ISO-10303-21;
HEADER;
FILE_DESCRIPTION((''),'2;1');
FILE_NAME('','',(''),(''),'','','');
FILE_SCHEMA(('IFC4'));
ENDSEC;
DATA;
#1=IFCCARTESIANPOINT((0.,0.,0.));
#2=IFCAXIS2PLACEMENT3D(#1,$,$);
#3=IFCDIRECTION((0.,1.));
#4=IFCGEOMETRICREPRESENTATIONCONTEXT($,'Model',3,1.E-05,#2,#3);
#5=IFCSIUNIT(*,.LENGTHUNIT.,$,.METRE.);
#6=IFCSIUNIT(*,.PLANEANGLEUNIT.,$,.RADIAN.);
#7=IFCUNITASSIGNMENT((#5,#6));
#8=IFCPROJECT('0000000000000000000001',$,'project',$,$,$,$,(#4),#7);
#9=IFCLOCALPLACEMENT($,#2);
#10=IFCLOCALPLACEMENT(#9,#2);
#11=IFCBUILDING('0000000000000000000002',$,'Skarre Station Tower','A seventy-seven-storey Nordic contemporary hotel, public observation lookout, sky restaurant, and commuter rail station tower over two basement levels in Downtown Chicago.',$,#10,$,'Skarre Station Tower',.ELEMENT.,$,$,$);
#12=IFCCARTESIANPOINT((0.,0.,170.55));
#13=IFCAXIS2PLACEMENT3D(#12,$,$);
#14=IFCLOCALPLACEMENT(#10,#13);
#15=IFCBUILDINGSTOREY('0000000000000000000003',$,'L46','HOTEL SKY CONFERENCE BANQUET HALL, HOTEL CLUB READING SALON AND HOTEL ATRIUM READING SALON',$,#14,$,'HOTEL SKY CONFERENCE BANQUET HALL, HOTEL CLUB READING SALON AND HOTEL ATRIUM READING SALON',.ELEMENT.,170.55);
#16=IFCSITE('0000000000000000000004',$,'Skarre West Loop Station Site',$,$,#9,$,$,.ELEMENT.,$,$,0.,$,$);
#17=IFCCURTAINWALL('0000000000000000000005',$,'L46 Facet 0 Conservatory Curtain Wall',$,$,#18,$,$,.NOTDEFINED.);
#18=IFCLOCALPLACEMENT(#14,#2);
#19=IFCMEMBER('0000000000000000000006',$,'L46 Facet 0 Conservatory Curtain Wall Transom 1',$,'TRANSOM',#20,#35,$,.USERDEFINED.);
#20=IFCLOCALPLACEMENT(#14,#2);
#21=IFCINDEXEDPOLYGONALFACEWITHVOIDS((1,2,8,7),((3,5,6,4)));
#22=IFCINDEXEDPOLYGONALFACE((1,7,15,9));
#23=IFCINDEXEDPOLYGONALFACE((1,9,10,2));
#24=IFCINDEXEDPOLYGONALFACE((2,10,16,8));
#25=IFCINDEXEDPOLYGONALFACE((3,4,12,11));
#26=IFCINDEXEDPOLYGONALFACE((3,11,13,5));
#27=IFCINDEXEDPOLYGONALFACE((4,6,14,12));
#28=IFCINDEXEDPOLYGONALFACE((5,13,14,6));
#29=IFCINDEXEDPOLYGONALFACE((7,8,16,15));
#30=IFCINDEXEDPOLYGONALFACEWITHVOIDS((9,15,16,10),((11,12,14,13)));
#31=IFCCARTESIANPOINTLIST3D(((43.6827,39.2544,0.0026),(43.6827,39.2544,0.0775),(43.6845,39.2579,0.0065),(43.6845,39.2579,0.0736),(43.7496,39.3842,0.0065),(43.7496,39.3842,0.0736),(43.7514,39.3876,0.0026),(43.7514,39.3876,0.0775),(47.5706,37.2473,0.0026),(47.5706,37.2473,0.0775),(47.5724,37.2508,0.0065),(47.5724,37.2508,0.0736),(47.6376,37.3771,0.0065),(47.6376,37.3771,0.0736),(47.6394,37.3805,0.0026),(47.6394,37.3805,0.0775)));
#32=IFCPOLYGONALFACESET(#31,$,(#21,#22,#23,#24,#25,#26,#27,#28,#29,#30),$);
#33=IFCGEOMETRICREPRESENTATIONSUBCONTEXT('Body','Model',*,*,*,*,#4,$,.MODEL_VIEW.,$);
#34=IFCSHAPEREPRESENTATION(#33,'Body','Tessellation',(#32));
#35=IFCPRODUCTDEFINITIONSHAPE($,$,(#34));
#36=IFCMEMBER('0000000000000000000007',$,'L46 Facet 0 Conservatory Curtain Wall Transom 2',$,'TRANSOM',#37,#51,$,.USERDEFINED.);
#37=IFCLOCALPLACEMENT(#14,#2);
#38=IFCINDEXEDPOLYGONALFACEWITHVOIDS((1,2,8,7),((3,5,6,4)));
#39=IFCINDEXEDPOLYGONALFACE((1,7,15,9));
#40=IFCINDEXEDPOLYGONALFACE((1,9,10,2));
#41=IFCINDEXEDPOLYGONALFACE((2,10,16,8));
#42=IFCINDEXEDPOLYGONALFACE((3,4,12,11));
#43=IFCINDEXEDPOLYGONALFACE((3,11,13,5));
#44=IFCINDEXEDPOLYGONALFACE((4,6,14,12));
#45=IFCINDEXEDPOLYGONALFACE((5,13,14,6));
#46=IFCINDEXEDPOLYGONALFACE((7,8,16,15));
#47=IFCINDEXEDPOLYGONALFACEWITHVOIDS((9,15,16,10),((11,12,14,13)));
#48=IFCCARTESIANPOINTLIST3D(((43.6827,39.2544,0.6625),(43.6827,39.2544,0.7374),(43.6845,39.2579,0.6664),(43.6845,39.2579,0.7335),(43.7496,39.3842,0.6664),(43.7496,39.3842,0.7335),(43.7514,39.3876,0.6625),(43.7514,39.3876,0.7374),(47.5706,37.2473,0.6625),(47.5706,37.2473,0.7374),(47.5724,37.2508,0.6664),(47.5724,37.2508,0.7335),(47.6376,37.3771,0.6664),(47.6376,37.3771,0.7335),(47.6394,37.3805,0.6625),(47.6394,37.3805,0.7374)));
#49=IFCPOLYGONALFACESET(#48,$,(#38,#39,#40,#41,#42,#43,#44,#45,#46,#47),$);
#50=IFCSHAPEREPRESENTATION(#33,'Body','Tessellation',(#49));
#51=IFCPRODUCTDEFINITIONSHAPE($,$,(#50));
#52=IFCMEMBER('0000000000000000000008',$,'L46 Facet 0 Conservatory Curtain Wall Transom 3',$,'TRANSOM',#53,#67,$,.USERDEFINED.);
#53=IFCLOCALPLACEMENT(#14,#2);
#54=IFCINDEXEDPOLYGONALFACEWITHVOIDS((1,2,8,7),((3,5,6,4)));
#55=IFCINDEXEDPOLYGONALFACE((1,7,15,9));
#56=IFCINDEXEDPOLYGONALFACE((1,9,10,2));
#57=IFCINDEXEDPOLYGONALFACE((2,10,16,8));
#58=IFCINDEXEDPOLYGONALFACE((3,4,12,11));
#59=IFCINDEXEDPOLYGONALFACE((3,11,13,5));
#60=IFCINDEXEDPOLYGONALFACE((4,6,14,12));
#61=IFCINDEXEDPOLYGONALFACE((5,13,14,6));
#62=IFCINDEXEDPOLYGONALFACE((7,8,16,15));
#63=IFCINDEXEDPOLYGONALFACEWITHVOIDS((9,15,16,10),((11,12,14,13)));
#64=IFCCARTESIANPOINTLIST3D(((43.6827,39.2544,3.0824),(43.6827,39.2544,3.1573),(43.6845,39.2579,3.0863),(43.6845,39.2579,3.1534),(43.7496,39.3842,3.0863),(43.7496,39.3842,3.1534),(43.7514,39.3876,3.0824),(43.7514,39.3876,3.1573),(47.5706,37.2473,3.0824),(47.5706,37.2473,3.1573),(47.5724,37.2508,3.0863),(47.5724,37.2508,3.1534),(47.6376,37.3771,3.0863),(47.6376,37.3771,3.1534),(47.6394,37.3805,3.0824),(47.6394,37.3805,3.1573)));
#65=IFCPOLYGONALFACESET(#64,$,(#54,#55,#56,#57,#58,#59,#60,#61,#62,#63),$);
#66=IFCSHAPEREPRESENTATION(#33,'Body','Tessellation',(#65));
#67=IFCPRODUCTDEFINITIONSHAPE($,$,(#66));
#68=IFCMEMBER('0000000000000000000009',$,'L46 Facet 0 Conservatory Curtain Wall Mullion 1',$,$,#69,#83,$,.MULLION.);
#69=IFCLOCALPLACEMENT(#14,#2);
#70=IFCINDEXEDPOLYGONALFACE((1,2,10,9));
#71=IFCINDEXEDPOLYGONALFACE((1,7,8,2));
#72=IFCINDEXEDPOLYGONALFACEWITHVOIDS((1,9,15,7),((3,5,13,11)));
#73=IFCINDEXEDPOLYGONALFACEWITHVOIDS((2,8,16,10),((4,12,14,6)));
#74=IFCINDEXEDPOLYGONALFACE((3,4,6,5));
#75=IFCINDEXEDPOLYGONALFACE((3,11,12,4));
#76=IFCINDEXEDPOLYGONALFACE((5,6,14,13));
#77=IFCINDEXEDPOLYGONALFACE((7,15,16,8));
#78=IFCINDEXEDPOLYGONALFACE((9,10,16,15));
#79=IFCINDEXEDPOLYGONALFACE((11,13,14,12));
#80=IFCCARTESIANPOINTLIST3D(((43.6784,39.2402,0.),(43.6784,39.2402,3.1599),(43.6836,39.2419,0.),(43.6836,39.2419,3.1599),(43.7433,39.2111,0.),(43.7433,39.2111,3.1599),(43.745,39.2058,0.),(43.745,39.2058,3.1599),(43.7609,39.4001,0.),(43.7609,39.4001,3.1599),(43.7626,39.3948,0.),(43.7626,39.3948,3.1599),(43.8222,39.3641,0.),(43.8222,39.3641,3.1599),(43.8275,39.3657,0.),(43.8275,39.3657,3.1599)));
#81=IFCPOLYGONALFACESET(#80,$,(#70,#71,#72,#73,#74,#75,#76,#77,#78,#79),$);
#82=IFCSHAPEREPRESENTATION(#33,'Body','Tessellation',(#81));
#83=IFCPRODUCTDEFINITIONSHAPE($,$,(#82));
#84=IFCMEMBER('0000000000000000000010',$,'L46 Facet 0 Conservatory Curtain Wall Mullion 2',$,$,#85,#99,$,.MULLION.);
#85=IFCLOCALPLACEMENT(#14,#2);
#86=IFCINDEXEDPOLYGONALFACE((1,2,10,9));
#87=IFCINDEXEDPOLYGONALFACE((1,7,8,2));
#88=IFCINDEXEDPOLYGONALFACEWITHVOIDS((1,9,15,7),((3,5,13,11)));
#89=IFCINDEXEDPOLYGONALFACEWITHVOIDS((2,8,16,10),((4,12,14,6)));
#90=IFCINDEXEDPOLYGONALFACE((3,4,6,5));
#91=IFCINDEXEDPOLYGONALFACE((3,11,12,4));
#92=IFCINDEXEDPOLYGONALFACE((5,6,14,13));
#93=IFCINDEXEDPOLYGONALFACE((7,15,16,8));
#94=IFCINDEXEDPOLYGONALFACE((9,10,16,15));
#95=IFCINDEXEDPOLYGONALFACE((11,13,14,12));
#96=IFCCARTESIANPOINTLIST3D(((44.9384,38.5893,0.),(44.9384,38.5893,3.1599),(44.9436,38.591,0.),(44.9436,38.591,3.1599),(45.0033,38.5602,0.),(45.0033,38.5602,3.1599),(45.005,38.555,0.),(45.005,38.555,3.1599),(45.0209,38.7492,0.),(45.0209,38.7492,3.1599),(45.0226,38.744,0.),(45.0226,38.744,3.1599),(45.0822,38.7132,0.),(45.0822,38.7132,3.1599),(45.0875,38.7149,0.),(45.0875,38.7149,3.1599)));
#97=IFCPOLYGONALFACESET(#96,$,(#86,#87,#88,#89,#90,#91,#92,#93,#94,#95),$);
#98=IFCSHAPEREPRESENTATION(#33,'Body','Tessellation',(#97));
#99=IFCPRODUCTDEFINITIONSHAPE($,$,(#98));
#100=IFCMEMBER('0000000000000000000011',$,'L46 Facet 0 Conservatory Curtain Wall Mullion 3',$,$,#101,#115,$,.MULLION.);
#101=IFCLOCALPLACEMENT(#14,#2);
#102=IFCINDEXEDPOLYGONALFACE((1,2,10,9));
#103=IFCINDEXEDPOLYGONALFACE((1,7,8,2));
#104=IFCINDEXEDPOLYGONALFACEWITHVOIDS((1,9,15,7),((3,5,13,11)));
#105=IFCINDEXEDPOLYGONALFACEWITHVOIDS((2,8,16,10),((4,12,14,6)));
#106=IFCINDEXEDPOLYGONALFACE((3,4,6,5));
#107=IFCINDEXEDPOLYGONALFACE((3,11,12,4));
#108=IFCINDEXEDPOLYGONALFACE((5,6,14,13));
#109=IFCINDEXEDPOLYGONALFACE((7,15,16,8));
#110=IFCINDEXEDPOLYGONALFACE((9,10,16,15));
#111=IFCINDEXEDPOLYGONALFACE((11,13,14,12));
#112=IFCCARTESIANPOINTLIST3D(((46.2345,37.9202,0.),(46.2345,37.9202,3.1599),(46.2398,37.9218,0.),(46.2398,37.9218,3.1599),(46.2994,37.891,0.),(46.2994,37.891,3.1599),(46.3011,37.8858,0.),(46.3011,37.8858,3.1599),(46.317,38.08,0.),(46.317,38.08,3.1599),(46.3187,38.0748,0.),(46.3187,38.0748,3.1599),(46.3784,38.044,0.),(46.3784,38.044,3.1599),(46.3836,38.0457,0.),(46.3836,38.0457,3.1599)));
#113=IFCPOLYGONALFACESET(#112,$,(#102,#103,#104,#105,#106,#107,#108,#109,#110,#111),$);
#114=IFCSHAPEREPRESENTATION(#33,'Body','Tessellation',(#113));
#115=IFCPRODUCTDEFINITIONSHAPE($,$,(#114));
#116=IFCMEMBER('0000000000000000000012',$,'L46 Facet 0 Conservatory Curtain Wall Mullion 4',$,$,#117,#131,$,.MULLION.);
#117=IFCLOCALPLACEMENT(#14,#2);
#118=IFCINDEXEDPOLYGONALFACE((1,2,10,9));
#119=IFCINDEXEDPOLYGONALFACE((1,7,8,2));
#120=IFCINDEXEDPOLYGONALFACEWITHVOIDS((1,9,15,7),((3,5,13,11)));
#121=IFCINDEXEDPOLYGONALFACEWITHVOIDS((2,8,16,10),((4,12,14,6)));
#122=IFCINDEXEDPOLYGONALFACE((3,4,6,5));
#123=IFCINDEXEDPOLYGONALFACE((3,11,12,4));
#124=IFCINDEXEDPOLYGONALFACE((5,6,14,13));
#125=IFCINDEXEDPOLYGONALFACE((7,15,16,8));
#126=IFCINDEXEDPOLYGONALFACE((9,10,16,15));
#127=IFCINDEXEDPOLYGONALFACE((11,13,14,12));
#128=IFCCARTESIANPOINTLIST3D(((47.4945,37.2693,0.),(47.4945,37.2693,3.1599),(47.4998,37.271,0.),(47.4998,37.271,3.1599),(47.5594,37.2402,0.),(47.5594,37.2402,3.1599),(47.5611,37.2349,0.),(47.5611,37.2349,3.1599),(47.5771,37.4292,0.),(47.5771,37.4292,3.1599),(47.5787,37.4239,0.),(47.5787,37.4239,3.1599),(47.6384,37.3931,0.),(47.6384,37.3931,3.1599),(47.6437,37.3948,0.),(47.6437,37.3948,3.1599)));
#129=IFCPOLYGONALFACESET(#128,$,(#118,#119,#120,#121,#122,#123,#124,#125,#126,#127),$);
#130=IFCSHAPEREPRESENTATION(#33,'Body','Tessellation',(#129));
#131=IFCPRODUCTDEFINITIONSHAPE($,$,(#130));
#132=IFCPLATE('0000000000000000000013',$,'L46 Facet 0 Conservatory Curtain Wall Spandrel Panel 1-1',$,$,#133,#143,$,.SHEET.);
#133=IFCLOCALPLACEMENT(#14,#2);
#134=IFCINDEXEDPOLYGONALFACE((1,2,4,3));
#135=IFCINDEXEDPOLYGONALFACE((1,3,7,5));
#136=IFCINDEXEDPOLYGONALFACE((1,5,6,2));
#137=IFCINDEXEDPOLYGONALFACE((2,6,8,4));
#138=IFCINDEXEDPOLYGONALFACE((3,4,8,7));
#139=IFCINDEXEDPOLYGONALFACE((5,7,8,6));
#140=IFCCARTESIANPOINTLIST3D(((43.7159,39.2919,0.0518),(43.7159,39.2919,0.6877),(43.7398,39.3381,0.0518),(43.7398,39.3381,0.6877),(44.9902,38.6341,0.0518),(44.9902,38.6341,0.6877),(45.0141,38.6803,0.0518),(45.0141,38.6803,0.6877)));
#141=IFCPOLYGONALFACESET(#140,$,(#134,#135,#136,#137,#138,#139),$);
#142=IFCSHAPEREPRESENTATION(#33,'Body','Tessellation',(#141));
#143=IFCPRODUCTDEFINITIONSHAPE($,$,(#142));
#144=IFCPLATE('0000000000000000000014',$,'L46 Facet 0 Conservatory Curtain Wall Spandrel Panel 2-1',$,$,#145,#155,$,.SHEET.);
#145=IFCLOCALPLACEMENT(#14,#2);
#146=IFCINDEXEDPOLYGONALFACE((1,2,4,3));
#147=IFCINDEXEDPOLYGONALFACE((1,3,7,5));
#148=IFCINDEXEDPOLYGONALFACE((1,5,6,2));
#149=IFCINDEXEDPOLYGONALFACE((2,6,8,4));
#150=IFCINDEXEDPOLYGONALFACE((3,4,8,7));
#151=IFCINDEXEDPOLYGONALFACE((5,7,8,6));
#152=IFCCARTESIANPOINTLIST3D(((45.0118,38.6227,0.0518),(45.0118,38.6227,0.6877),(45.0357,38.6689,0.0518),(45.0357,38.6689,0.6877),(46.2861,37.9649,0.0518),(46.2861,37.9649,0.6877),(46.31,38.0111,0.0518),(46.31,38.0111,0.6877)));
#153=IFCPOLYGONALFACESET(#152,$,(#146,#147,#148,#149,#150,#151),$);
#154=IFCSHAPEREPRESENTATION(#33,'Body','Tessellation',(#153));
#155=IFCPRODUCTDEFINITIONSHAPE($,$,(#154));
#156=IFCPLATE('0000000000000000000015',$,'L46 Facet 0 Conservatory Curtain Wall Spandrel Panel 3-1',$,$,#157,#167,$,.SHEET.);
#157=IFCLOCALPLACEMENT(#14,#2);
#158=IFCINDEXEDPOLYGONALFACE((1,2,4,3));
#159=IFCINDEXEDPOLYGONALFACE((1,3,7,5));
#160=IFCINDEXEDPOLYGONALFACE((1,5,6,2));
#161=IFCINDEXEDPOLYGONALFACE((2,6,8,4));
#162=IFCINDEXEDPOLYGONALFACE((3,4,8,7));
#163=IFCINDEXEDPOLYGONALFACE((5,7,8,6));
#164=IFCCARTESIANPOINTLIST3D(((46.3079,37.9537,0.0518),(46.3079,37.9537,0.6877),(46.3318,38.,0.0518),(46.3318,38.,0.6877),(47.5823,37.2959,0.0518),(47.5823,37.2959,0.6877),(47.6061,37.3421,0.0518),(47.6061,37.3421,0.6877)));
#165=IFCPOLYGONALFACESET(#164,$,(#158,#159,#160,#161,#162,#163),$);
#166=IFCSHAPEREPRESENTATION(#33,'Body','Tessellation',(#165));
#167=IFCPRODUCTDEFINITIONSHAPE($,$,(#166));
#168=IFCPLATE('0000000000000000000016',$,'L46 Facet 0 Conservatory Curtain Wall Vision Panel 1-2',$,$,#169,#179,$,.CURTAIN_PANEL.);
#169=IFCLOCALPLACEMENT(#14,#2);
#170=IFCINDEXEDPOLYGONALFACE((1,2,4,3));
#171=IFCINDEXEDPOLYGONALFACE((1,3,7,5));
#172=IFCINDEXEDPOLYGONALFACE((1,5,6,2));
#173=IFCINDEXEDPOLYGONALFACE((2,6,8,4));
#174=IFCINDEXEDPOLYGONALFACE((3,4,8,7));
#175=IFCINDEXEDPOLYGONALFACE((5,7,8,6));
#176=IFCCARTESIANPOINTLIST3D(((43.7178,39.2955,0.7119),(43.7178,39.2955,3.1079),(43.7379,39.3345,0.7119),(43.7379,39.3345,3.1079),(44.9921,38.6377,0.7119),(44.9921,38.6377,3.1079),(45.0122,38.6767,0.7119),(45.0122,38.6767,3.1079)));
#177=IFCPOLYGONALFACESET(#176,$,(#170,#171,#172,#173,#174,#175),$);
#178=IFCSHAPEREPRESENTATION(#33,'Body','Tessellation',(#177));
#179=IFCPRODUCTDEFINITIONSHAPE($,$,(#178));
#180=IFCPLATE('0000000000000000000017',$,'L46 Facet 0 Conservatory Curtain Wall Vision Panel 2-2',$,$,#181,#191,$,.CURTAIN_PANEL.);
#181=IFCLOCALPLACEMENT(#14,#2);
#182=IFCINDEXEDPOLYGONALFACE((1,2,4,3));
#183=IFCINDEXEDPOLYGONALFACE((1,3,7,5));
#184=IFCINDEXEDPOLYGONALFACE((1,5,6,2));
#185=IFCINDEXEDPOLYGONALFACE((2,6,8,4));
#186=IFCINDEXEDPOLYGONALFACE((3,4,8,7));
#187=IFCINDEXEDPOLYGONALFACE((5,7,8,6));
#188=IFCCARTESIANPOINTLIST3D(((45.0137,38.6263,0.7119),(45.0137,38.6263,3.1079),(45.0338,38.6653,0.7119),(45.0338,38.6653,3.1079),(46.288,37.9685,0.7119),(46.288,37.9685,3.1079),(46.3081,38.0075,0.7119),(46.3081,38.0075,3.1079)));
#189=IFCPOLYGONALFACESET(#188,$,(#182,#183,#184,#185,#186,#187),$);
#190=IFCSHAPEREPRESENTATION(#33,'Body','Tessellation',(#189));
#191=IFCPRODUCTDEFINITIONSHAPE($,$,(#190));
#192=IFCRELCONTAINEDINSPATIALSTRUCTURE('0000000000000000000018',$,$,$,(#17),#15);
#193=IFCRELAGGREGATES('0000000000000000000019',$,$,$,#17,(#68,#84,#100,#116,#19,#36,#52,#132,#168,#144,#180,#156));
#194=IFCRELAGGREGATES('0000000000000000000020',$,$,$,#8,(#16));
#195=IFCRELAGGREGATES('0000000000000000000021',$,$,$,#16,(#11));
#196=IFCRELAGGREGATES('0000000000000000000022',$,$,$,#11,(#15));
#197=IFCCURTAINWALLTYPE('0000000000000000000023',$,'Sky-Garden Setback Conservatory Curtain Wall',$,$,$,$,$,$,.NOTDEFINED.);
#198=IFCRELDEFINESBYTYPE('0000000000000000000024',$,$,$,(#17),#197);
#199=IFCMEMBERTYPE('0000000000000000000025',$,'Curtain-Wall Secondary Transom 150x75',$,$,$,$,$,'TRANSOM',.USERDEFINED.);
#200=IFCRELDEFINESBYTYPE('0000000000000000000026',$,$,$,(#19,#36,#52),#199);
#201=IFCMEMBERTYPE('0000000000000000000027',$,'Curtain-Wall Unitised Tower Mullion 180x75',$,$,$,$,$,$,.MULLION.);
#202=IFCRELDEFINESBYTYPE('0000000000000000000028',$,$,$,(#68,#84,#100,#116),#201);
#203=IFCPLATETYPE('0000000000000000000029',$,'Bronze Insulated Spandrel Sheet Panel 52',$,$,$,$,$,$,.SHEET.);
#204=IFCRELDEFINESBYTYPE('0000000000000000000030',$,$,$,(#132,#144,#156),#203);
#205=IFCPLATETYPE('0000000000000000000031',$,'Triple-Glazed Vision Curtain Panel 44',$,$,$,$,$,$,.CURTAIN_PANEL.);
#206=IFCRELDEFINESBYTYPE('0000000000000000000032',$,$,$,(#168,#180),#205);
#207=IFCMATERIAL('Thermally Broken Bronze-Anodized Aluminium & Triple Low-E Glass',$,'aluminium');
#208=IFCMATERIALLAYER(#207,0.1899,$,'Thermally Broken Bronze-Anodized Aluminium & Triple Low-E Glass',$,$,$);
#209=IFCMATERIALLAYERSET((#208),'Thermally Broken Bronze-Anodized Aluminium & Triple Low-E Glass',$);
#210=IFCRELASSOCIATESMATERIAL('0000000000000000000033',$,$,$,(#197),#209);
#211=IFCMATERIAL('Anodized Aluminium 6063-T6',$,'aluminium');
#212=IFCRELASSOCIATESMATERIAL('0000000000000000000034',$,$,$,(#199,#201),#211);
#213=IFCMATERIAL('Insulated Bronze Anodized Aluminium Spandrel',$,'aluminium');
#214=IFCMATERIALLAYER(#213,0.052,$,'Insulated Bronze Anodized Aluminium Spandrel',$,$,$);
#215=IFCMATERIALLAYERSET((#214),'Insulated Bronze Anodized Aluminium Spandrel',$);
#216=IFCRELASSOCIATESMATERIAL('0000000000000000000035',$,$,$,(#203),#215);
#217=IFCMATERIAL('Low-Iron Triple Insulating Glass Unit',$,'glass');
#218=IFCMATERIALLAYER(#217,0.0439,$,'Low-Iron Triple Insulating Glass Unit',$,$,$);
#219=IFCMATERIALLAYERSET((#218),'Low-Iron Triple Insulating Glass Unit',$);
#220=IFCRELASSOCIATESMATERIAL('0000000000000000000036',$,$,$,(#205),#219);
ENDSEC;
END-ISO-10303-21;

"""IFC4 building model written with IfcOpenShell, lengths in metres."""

from ifc_helpers import new_model, si_unit, direction, frame, origin, origin_2d, place, context, subcontext, project, spatial, rectangle, hollow_rectangle, extrude, material, layer, layer_set, material_profile, profile_set, type_object, element, aggregate, save


model = new_model("IFC4")

# Units and contexts
model_context = context("Model", 3, precision=1e-05, world=origin(), true_north=direction((0.0, 1.0)))
body_context = subcontext(model_context, "Body", "Model", "MODEL_VIEW")
ifc_project = project(units=[si_unit("LENGTHUNIT", "METRE"), si_unit("PLANEANGLEUNIT", "RADIAN")], contexts=[model_context])

# Site, building, storey
site_placement = place(None, origin())
site = spatial("IfcSite", under=ifc_project, at=site_placement, Name="Skarre West Loop Station Site", CompositionType="ELEMENT", RefElevation=0.0)
building_placement = place(site_placement, origin())
building = spatial("IfcBuilding", under=site, at=building_placement, Name="Skarre Station Tower", Description="A seventy-seven-storey Nordic contemporary hotel, public observation lookout, sky restaurant, and commuter rail station tower over two basement levels in Downtown Chicago.", LongName="Skarre Station Tower", CompositionType="ELEMENT")
storey_placement = place(building_placement, frame((0.0, 0.0, 170.55)))
storey = spatial("IfcBuildingStorey", under=building, at=storey_placement, Name="L46", Description="HOTEL SKY CONFERENCE BANQUET HALL, HOTEL CLUB READING SALON AND HOTEL ATRIUM READING SALON", LongName="HOTEL SKY CONFERENCE BANQUET HALL, HOTEL CLUB READING SALON AND HOTEL ATRIUM READING SALON", CompositionType="ELEMENT", Elevation=170.55)

# Curtain wall, members, plates
ifc_material_1 = material(Name="Thermally Broken Bronze-Anodized Aluminium & Triple Low-E Glass", Category="aluminium")
ifc_layer_1 = layer(ifc_material_1, 0.1899, Name="Thermally Broken Bronze-Anodized Aluminium & Triple Low-E Glass")
ifc_layer_set_1 = layer_set([ifc_layer_1], Name="Thermally Broken Bronze-Anodized Aluminium & Triple Low-E Glass")
curtain_wall_type = type_object("IfcCurtainWallType", Name="Sky-Garden Setback Conservatory Curtain Wall", PredefinedType="NOTDEFINED", material=ifc_layer_set_1)
curtain_wall_placement = place(storey_placement, origin())
curtain_wall = element("IfcCurtainWall", 1, at=curtain_wall_placement, inside=storey, type_object=curtain_wall_type, Name="L46 Facet 0 Conservatory Curtain Wall", PredefinedType="NOTDEFINED")
ifc_material_2 = material(Name="Anodized Aluminium 6063-T6", Category="aluminium")
ifc_material_profile_1 = material_profile(ifc_material_2, hollow_rectangle(XDim=0.075, YDim=0.1499, WallThickness=0.0039, at=origin_2d()), Name="Anodized Aluminium 6063-T6")
ifc_profile_set_1 = profile_set([ifc_material_profile_1], Name="Anodized Aluminium 6063-T6")
member_type_1 = type_object("IfcMemberType", Name="Curtain-Wall Secondary Transom 150x75", ElementType="TRANSOM", PredefinedType="USERDEFINED", material=ifc_profile_set_1)
member_1_placement = place(storey_placement, frame((43.717, 39.321, 0.04), z_axis=(0.888583, -0.458715, 0.0), x_axis=(0.0, 0.0, 1.0)))
member_1 = element("IfcMember", 2, at=member_1_placement, type_object=member_type_1, Name="L46 Facet 0 Conservatory Curtain Wall Transom 1", ObjectType="TRANSOM", PredefinedType="USERDEFINED", context=body_context, shape_type="SweptSolid", body=[
    extrude(hollow_rectangle(XDim=0.075, YDim=0.1499, WallThickness=0.0039, at=origin_2d()), origin(), (0.0, 0.0, 1.0), 4.3755),
])
member_2_placement = place(storey_placement, frame((43.717, 39.321, 0.7), z_axis=(0.888583, -0.458715, 0.0), x_axis=(0.0, 0.0, 1.0)))
member_2 = element("IfcMember", 3, at=member_2_placement, type_object=member_type_1, Name="L46 Facet 0 Conservatory Curtain Wall Transom 2", ObjectType="TRANSOM", PredefinedType="USERDEFINED", context=body_context, shape_type="SweptSolid", body=[
    extrude(hollow_rectangle(XDim=0.075, YDim=0.1499, WallThickness=0.0039, at=origin_2d()), origin(), (0.0, 0.0, 1.0), 4.3755),
])
member_3_placement = place(storey_placement, frame((43.717, 39.321, 3.1199), z_axis=(0.888583, -0.458715, 0.0), x_axis=(0.0, 0.0, 1.0)))
member_3 = element("IfcMember", 4, at=member_3_placement, type_object=member_type_1, Name="L46 Facet 0 Conservatory Curtain Wall Transom 3", ObjectType="TRANSOM", PredefinedType="USERDEFINED", context=body_context, shape_type="SweptSolid", body=[
    extrude(hollow_rectangle(XDim=0.075, YDim=0.1499, WallThickness=0.0039, at=origin_2d()), origin(), (0.0, 0.0, 1.0), 4.3755),
])
ifc_material_profile_2 = material_profile(ifc_material_2, hollow_rectangle(XDim=0.075, YDim=0.1799, WallThickness=0.0039, at=origin_2d()), Name="Anodized Aluminium 6063-T6")
ifc_profile_set_2 = profile_set([ifc_material_profile_2], Name="Anodized Aluminium 6063-T6")
member_type_2 = type_object("IfcMemberType", Name="Curtain-Wall Unitised Tower Mullion 180x75", PredefinedType="MULLION", material=ifc_profile_set_2)
member_4_placement = place(storey_placement, frame((43.7529, 39.303, 0.0), z_axis=(0.0, 0.0, 1.0), x_axis=(0.888593, -0.458696, 0.0)))
member_4 = element("IfcMember", 5, at=member_4_placement, type_object=member_type_2, Name="L46 Facet 0 Conservatory Curtain Wall Mullion 1", PredefinedType="MULLION", context=body_context, shape_type="SweptSolid", body=[
    extrude(hollow_rectangle(XDim=0.075, YDim=0.1799, WallThickness=0.0039, at=origin_2d()), origin(), (0.0, 0.0, 1.0), 3.1599),
])
member_5_placement = place(storey_placement, frame((45.0129, 38.6521, 0.0), z_axis=(0.0, 0.0, 1.0), x_axis=(0.888593, -0.458696, 0.0)))
member_5 = element("IfcMember", 6, at=member_5_placement, type_object=member_type_2, Name="L46 Facet 0 Conservatory Curtain Wall Mullion 2", PredefinedType="MULLION", context=body_context, shape_type="SweptSolid", body=[
    extrude(hollow_rectangle(XDim=0.075, YDim=0.1799, WallThickness=0.0039, at=origin_2d()), origin(), (0.0, 0.0, 1.0), 3.1599),
])
member_6_placement = place(storey_placement, frame((46.3091, 37.9829, 0.0), z_axis=(0.0, 0.0, 1.0), x_axis=(0.888593, -0.458696, 0.0)))
member_6 = element("IfcMember", 7, at=member_6_placement, type_object=member_type_2, Name="L46 Facet 0 Conservatory Curtain Wall Mullion 3", PredefinedType="MULLION", context=body_context, shape_type="SweptSolid", body=[
    extrude(hollow_rectangle(XDim=0.075, YDim=0.1799, WallThickness=0.0039, at=origin_2d()), origin(), (0.0, 0.0, 1.0), 3.1599),
])
member_7_placement = place(storey_placement, frame((47.5691, 37.332, 0.0), z_axis=(0.0, 0.0, 1.0), x_axis=(0.888593, -0.458696, 0.0)))
member_7 = element("IfcMember", 8, at=member_7_placement, type_object=member_type_2, Name="L46 Facet 0 Conservatory Curtain Wall Mullion 4", PredefinedType="MULLION", context=body_context, shape_type="SweptSolid", body=[
    extrude(hollow_rectangle(XDim=0.075, YDim=0.1799, WallThickness=0.0039, at=origin_2d()), origin(), (0.0, 0.0, 1.0), 3.1599),
])
ifc_material_3 = material(Name="Insulated Bronze Anodized Aluminium Spandrel", Category="aluminium")
ifc_layer_2 = layer(ifc_material_3, 0.052, Name="Insulated Bronze Anodized Aluminium Spandrel")
ifc_layer_set_2 = layer_set([ifc_layer_2], Name="Insulated Bronze Anodized Aluminium Spandrel")
plate_type_1 = type_object("IfcPlateType", Name="Bronze Insulated Spandrel Sheet Panel 52", PredefinedType="SHEET", material=ifc_layer_set_2)
plate_1_placement = place(storey_placement, frame((44.365, 38.9861, 0.0518), z_axis=(0.0, 0.0, 1.0), x_axis=(0.888593, -0.458696, 0.0)))
plate_1 = element("IfcPlate", 9, at=plate_1_placement, type_object=plate_type_1, Name="L46 Facet 0 Conservatory Curtain Wall Spandrel Panel 1-1", PredefinedType="SHEET", context=body_context, shape_type="SweptSolid", body=[
    extrude(rectangle(XDim=1.4341, YDim=0.052, at=origin_2d()), origin(), (0.0, 0.0, 1.0), 0.636),
])
plate_2_placement = place(storey_placement, frame((45.6609, 38.3169, 0.0518), z_axis=(0.0, 0.0, 1.0), x_axis=(0.888593, -0.458696, 0.0)))
plate_2 = element("IfcPlate", 10, at=plate_2_placement, type_object=plate_type_1, Name="L46 Facet 0 Conservatory Curtain Wall Spandrel Panel 2-1", PredefinedType="SHEET", context=body_context, shape_type="SweptSolid", body=[
    extrude(rectangle(XDim=1.4341, YDim=0.052, at=origin_2d()), origin(), (0.0, 0.0, 1.0), 0.636),
])
plate_3_placement = place(storey_placement, frame((46.957, 37.6479, 0.0518), z_axis=(0.0, 0.0, 1.0), x_axis=(0.888593, -0.458696, 0.0)))
plate_3 = element("IfcPlate", 11, at=plate_3_placement, type_object=plate_type_1, Name="L46 Facet 0 Conservatory Curtain Wall Spandrel Panel 3-1", PredefinedType="SHEET", context=body_context, shape_type="SweptSolid", body=[
    extrude(rectangle(XDim=1.4341, YDim=0.052, at=origin_2d()), origin(), (0.0, 0.0, 1.0), 0.636),
])
ifc_material_4 = material(Name="Low-Iron Triple Insulating Glass Unit", Category="glass")
ifc_layer_3 = layer(ifc_material_4, 0.0439, Name="Low-Iron Triple Insulating Glass Unit")
ifc_layer_set_3 = layer_set([ifc_layer_3], Name="Low-Iron Triple Insulating Glass Unit")
plate_type_2 = type_object("IfcPlateType", Name="Triple-Glazed Vision Curtain Panel 44", PredefinedType="CURTAIN_PANEL", material=ifc_layer_set_3)
plate_4_placement = place(storey_placement, frame((44.365, 38.9861, 0.7119), z_axis=(0.0, 0.0, 1.0), x_axis=(0.888593, -0.458696, 0.0)))
plate_4 = element("IfcPlate", 12, at=plate_4_placement, type_object=plate_type_2, Name="L46 Facet 0 Conservatory Curtain Wall Vision Panel 1-2", PredefinedType="CURTAIN_PANEL", context=body_context, shape_type="SweptSolid", body=[
    extrude(rectangle(XDim=1.4341, YDim=0.0439, at=origin_2d()), origin(), (0.0, 0.0, 1.0), 2.396),
])
plate_5_placement = place(storey_placement, frame((45.6609, 38.3169, 0.7119), z_axis=(0.0, 0.0, 1.0), x_axis=(0.888593, -0.458696, 0.0)))
plate_5 = element("IfcPlate", 13, at=plate_5_placement, type_object=plate_type_2, Name="L46 Facet 0 Conservatory Curtain Wall Vision Panel 2-2", PredefinedType="CURTAIN_PANEL", context=body_context, shape_type="SweptSolid", body=[
    extrude(rectangle(XDim=1.4341, YDim=0.0439, at=origin_2d()), origin(), (0.0, 0.0, 1.0), 2.396),
])
aggregate(curtain_wall, [member_4, member_5, member_6, member_7, member_1, member_2, member_3, plate_1, plate_4, plate_2, plate_5, plate_3])

save(model, "model.ifc")
